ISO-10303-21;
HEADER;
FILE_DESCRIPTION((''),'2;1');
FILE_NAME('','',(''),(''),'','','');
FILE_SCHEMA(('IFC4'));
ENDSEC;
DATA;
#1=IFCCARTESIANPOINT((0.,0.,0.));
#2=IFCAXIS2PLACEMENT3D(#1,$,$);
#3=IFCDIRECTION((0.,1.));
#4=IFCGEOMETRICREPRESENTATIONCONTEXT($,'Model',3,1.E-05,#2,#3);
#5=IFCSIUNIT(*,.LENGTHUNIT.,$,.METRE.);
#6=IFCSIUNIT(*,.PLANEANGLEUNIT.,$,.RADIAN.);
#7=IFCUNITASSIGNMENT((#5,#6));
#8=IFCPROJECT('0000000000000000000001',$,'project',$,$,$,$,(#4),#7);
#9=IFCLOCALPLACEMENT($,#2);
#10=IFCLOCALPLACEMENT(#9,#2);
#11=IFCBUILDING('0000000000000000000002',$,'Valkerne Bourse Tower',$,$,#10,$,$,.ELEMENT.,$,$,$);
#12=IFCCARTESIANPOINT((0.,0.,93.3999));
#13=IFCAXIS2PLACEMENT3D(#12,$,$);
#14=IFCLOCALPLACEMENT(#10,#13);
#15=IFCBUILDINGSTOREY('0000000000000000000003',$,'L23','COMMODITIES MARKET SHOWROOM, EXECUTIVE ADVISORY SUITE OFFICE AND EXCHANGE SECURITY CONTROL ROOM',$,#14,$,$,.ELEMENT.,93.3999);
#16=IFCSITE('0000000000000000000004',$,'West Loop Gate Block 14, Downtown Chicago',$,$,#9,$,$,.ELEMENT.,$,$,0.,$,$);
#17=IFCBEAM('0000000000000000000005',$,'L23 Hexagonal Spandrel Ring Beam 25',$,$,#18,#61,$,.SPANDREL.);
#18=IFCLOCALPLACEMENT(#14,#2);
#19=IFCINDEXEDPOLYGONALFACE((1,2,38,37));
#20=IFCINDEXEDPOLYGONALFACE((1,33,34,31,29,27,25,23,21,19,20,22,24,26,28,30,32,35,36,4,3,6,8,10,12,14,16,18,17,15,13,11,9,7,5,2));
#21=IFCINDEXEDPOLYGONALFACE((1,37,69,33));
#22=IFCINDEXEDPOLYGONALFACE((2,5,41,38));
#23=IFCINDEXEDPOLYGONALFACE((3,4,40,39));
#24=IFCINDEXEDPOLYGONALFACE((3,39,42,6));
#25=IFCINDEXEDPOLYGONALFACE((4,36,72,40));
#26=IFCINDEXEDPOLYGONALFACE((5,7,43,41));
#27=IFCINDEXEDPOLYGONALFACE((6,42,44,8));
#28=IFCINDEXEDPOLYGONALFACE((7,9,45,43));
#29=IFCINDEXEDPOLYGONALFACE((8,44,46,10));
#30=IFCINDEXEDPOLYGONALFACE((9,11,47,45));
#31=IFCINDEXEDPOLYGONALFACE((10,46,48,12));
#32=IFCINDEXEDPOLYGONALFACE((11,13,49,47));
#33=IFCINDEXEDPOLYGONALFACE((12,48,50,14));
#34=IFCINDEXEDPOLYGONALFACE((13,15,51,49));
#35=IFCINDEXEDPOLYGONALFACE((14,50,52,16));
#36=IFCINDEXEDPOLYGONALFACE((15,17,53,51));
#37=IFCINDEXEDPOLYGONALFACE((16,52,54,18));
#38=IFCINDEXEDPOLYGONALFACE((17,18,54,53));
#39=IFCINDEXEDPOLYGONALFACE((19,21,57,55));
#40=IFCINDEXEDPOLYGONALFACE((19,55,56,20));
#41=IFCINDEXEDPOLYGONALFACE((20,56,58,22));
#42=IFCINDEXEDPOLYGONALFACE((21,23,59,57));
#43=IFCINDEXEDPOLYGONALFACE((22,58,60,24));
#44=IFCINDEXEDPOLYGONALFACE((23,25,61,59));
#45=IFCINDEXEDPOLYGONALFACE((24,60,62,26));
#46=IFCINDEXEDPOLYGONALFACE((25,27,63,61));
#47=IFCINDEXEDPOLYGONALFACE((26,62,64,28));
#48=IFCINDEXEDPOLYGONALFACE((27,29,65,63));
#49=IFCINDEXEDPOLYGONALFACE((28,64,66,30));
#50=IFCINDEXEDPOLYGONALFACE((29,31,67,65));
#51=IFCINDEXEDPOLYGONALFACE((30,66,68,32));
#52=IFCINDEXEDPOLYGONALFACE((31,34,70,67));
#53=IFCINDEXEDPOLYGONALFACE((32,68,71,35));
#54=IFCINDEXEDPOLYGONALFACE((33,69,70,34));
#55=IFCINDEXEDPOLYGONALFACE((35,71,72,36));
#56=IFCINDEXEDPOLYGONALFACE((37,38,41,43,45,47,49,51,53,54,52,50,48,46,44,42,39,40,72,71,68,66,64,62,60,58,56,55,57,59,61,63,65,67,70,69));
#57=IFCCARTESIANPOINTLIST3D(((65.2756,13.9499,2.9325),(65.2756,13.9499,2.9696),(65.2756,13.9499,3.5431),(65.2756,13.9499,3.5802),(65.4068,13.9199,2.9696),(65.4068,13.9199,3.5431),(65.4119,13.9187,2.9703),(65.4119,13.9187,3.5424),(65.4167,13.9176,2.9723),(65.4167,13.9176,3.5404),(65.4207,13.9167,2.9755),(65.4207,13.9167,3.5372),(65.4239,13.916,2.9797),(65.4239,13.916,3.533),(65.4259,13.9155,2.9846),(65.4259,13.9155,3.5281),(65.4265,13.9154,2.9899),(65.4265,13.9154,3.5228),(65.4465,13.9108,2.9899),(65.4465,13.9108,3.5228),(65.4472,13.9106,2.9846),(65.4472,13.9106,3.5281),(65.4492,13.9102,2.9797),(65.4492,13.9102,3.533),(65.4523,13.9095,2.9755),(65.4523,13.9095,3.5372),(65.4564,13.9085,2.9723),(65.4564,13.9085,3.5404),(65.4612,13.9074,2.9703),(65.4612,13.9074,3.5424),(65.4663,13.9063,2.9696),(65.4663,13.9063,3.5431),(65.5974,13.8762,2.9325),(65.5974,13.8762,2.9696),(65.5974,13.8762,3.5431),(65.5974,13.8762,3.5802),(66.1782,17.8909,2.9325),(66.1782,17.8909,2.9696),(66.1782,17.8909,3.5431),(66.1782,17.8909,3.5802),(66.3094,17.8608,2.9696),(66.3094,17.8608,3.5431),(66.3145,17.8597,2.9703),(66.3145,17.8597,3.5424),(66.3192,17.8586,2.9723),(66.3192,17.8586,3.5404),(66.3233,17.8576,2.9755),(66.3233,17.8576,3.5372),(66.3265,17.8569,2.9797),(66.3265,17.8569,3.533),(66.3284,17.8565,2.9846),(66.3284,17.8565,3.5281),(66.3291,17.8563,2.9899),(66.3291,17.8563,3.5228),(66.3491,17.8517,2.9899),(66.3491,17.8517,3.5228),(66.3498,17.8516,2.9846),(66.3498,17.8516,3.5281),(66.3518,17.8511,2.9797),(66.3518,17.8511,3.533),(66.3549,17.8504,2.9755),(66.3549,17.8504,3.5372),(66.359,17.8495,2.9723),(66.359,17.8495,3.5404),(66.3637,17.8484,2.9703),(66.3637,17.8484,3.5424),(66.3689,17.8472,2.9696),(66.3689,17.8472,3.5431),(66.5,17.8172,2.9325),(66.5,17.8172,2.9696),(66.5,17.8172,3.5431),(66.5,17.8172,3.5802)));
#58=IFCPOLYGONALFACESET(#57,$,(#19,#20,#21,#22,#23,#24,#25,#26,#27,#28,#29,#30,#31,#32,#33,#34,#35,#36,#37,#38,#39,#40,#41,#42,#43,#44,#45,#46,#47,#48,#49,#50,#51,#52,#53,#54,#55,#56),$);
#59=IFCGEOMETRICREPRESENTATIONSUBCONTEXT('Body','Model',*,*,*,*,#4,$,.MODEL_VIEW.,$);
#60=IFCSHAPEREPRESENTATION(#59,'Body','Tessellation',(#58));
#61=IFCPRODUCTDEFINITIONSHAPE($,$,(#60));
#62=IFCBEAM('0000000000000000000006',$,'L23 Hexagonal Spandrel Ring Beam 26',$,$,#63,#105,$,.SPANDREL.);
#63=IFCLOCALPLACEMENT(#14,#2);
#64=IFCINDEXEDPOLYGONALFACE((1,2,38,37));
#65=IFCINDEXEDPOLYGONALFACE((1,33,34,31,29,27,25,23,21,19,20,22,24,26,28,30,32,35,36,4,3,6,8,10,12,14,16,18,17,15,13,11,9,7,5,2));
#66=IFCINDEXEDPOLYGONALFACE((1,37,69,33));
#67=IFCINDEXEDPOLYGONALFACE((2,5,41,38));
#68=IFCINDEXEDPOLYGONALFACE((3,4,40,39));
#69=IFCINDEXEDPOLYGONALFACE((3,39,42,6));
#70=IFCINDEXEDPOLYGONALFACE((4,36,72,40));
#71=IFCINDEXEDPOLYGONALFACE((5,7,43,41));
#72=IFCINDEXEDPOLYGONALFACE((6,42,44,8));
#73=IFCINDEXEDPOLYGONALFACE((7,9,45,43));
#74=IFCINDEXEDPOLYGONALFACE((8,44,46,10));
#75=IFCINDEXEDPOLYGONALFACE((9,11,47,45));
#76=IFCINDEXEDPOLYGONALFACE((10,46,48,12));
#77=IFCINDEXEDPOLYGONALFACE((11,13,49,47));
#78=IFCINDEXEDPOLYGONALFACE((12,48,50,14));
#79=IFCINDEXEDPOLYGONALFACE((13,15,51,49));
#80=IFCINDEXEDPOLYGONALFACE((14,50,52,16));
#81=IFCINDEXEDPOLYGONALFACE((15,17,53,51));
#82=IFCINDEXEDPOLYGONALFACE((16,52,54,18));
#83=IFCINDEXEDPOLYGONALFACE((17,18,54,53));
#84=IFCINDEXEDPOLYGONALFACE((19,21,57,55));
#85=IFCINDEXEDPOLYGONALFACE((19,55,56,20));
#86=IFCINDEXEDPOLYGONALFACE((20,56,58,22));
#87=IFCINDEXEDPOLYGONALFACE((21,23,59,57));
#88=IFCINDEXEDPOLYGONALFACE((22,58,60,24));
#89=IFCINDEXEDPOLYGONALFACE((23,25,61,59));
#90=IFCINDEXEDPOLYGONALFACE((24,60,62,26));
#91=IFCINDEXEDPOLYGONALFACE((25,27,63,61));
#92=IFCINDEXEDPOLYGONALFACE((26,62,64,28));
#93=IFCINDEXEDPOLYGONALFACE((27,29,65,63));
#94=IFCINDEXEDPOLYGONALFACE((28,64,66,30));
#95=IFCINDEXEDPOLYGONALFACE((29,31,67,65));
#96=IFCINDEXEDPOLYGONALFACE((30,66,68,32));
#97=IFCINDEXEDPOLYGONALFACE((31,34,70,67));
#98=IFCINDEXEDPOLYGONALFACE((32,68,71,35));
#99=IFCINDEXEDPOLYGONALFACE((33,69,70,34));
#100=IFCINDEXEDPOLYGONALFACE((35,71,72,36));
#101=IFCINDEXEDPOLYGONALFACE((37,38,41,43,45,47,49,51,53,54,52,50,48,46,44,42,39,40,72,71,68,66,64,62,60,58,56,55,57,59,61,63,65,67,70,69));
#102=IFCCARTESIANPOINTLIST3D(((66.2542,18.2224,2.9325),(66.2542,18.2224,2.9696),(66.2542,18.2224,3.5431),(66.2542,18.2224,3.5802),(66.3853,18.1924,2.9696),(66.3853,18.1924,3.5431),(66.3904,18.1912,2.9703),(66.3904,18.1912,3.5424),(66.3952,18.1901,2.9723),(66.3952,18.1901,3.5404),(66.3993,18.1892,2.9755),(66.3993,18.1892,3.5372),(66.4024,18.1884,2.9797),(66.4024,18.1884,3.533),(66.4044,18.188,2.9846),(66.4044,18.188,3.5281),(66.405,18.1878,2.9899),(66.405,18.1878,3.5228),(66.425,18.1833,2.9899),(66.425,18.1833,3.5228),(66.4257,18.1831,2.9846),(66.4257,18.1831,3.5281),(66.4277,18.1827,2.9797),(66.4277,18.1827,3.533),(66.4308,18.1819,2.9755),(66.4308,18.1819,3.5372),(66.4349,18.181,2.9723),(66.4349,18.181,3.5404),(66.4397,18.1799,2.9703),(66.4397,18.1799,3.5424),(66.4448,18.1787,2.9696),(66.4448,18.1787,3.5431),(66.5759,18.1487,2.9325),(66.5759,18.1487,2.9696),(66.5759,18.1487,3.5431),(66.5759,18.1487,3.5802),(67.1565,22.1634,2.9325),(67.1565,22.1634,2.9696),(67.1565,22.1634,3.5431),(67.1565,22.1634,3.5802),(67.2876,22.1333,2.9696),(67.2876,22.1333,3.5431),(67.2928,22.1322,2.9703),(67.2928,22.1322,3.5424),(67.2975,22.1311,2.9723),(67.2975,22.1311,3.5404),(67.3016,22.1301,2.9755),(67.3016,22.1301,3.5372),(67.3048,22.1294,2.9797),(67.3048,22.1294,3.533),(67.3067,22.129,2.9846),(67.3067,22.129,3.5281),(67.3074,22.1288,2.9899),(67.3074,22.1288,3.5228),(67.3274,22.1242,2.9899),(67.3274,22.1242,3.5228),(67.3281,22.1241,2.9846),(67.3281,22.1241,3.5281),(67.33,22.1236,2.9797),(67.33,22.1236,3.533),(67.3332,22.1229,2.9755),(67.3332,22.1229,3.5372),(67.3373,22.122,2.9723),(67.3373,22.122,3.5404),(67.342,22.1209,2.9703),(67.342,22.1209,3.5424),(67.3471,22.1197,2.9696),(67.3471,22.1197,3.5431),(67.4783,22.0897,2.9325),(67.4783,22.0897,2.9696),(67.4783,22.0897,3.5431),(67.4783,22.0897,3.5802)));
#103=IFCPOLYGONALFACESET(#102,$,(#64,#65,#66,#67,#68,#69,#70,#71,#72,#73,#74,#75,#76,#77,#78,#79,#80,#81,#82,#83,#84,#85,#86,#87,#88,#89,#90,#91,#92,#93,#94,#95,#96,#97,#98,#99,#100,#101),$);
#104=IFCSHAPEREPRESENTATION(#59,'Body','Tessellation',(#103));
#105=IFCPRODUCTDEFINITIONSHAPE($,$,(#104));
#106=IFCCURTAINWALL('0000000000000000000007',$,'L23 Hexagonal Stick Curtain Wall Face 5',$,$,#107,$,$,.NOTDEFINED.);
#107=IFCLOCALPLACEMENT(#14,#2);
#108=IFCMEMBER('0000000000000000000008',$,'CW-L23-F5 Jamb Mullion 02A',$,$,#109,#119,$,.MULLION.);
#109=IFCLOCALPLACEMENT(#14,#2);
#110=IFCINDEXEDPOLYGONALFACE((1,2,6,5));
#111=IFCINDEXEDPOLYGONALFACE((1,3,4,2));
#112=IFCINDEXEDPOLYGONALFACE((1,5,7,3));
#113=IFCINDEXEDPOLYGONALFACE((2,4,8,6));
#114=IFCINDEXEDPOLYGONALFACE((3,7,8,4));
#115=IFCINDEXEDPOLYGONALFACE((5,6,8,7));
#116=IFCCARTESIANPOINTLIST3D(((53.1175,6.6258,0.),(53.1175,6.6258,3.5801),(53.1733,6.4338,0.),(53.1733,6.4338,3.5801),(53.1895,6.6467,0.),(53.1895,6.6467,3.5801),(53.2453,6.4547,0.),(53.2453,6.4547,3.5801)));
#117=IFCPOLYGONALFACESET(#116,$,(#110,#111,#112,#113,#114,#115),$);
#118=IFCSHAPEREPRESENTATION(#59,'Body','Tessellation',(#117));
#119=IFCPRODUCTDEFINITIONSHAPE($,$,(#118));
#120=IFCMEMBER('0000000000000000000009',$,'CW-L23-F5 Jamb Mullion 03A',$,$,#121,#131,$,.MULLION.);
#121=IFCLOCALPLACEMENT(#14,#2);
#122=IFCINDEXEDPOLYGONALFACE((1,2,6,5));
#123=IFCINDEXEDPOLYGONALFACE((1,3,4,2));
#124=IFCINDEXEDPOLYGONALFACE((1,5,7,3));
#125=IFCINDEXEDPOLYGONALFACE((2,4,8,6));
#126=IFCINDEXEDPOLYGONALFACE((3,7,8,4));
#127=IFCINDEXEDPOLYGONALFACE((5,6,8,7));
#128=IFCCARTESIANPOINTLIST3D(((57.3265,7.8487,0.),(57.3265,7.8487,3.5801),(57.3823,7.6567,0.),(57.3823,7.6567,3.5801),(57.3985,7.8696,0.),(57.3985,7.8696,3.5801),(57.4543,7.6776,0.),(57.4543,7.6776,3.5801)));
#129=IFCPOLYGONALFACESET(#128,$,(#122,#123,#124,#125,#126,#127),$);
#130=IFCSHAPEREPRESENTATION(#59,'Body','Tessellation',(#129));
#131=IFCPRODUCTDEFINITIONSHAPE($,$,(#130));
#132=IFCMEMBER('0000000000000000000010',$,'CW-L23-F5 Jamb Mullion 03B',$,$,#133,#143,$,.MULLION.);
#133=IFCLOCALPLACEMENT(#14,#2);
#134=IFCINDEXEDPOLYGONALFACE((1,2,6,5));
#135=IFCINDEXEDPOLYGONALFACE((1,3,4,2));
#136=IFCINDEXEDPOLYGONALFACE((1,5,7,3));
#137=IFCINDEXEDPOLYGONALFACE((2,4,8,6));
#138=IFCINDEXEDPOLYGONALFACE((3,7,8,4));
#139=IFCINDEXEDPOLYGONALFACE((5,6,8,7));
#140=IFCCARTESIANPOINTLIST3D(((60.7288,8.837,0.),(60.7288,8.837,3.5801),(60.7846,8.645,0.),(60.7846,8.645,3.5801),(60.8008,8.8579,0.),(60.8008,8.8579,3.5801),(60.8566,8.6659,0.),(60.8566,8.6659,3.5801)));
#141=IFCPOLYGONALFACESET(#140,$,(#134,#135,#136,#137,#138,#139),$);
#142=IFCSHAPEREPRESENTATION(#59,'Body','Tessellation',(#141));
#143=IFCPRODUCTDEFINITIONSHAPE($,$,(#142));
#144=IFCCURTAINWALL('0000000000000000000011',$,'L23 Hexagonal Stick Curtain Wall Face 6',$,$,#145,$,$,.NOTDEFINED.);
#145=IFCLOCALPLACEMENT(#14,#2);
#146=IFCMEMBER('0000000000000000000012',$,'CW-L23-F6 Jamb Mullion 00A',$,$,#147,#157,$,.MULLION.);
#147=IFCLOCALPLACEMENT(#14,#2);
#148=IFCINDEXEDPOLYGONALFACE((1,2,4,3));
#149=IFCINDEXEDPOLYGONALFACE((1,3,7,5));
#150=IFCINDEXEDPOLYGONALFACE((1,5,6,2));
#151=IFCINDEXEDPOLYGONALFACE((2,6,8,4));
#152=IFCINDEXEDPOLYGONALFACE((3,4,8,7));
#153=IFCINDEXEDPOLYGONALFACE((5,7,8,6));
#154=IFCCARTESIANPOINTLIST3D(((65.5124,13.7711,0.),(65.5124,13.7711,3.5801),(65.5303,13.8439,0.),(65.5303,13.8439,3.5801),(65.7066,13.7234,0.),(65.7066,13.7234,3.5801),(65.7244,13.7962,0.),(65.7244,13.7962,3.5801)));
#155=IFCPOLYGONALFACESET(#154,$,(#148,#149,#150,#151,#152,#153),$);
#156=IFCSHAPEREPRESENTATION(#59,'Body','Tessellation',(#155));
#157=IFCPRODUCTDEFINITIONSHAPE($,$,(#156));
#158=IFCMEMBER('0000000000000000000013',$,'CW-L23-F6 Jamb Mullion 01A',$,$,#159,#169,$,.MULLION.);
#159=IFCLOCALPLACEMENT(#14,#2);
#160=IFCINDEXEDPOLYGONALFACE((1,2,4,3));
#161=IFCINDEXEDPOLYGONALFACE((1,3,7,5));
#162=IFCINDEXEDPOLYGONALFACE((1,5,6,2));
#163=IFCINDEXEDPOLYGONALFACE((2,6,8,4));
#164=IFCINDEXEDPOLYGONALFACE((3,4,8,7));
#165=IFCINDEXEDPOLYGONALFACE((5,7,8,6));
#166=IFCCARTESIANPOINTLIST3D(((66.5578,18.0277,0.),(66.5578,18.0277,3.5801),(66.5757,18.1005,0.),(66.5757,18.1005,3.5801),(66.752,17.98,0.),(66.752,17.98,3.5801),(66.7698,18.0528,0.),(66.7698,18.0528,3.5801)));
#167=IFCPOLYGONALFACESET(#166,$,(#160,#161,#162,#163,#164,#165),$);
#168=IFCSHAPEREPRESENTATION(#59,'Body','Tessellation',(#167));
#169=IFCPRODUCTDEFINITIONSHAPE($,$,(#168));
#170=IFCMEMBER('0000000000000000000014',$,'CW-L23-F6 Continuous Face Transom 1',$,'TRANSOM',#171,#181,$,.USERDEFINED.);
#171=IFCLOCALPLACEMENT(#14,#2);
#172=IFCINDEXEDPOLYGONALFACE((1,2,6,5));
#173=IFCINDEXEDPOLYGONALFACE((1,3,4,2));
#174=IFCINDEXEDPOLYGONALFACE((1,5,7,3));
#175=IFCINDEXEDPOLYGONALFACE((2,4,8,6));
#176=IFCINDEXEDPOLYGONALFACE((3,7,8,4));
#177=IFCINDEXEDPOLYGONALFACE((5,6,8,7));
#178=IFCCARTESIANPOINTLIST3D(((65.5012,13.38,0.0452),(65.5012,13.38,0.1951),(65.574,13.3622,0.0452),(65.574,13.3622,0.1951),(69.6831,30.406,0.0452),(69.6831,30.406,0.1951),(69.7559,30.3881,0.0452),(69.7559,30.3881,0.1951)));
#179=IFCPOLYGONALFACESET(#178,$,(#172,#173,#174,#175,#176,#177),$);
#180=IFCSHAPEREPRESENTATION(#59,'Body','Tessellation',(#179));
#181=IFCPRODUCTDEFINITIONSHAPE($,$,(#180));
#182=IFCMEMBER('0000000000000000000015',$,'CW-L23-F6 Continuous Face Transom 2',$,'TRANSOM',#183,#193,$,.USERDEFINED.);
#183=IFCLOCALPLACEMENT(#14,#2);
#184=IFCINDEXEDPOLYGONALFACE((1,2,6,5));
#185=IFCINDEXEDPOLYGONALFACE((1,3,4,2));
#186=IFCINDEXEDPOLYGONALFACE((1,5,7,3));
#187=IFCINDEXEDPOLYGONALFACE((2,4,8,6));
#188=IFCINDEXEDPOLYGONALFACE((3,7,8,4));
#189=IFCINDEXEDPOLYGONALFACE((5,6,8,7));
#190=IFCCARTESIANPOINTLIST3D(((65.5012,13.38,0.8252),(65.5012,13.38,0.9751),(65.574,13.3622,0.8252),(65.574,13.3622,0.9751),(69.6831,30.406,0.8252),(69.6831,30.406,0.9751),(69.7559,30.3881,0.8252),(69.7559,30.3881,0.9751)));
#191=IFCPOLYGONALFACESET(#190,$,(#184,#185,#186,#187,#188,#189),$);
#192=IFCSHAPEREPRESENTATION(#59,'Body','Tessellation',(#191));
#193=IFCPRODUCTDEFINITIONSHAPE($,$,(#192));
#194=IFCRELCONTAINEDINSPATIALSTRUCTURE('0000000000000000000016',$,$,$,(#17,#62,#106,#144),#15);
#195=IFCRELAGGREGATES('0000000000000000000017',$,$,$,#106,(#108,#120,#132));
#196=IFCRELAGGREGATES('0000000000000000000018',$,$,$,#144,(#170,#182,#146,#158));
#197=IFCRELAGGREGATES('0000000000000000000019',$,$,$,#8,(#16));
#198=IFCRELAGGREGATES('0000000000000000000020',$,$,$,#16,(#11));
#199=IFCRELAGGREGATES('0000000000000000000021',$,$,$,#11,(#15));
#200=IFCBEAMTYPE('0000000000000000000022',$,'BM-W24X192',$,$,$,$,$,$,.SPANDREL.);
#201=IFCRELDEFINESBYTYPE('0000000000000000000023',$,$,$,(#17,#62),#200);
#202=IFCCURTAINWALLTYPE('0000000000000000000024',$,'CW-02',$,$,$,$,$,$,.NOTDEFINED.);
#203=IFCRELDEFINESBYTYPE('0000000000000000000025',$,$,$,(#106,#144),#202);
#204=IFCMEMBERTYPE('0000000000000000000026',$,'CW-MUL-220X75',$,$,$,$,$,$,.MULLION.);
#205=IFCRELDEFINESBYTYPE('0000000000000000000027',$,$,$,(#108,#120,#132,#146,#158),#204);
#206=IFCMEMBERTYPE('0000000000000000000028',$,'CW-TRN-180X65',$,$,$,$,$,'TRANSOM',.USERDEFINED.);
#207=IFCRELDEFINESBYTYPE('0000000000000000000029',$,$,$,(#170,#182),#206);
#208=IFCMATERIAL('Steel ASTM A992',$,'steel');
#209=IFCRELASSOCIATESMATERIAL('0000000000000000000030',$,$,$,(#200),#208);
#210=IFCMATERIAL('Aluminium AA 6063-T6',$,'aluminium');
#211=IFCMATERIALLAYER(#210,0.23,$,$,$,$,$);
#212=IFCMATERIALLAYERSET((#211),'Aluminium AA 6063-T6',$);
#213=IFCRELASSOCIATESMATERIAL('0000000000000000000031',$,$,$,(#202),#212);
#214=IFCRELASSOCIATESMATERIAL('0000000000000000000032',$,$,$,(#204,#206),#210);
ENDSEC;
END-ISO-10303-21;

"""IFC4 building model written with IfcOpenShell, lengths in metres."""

from ifc_helpers import new_model, si_unit, direction, frame, origin, origin_2d, place, context, subcontext, project, spatial, rectangle, i_section, extrude, material, layer, layer_set, material_profile, profile_set, type_object, element, aggregate, save


model = new_model("IFC4")

# Units and contexts
model_context = context("Model", 3, precision=1e-05, world=origin(), true_north=direction((0.0, 1.0)))
body_context = subcontext(model_context, "Body", "Model", "MODEL_VIEW")
ifc_project = project(units=[si_unit("LENGTHUNIT", "METRE"), si_unit("PLANEANGLEUNIT", "RADIAN")], contexts=[model_context])

# Site, building, storey
site_placement = place(None, origin())
site = spatial("IfcSite", under=ifc_project, at=site_placement, Name="West Loop Gate Block 14, Downtown Chicago", CompositionType="ELEMENT", RefElevation=0.0)
building_placement = place(site_placement, origin())
building = spatial("IfcBuilding", under=site, at=building_placement, Name="Valkerne Bourse Tower", CompositionType="ELEMENT")
storey_placement = place(building_placement, frame((0.0, 0.0, 93.3999)))
storey = spatial("IfcBuildingStorey", under=building, at=storey_placement, Name="L23", Description="COMMODITIES MARKET SHOWROOM, EXECUTIVE ADVISORY SUITE OFFICE AND EXCHANGE SECURITY CONTROL ROOM", CompositionType="ELEMENT", Elevation=93.3999)

# Beams
ifc_material_1 = material(Name="Steel ASTM A992", Category="steel")
ifc_material_profile_1 = material_profile(ifc_material_1, i_section(OverallWidth=0.3301, OverallDepth=0.6477, WebThickness=0.0205, FlangeThickness=0.0371, FilletRadius=0.0203, at=origin_2d()), Name="W24X192")
ifc_profile_set_1 = profile_set([ifc_material_profile_1], Name="Steel ASTM A992")
beam_type = type_object("IfcBeamType", Name="BM-W24X192", PredefinedType="SPANDREL", material=ifc_profile_set_1)
for number, where, z_axis, x_axis, name in (
    (1, (65.4365, 13.9131, 3.2563), (0.223249, 0.974761, 0.0), (-0.974761, 0.223249, 0.0), "L23 Hexagonal Spandrel Ring Beam 25"),
    (2, (66.415, 18.1855, 3.2563), (0.223192, 0.974774, 0.0), (-0.974774, 0.223192, 0.0), "L23 Hexagonal Spandrel Ring Beam 26"),
):
    element("IfcBeam", number, at=place(storey_placement, frame(where, z_axis=z_axis, x_axis=x_axis)), inside=storey, type_object=beam_type, Name=name, PredefinedType="SPANDREL", context=body_context, shape_type="SweptSolid", body=[
        extrude(i_section(OverallWidth=0.3301, OverallDepth=0.6477, WebThickness=0.0205, FlangeThickness=0.0371, FilletRadius=0.0203, at=origin_2d()), origin(), (0.0, 0.0, 1.0), 4.043),
    ])

# Curtain walls, members
ifc_material_2 = material(Name="Aluminium AA 6063-T6", Category="aluminium")
ifc_layer_1 = layer(ifc_material_2, 0.23)
ifc_layer_set_1 = layer_set([ifc_layer_1], Name="Aluminium AA 6063-T6")
curtain_wall_type = type_object("IfcCurtainWallType", Name="CW-02", PredefinedType="NOTDEFINED", material=ifc_layer_set_1)
curtain_wall_1_placement = place(storey_placement, origin())
curtain_wall_1 = element("IfcCurtainWall", 3, at=curtain_wall_1_placement, inside=storey, type_object=curtain_wall_type, Name="L23 Hexagonal Stick Curtain Wall Face 5", PredefinedType="NOTDEFINED")
ifc_material_profile_2 = material_profile(ifc_material_2, rectangle(XDim=0.075, YDim=0.2, at=origin_2d()), Name="CWM-75X200")
ifc_profile_set_2 = profile_set([ifc_material_profile_2], Name="Aluminium AA 6063-T6")
member_type_1 = type_object("IfcMemberType", Name="CW-MUL-220X75", PredefinedType="MULLION", material=ifc_profile_set_2)
member_1_placement = place(storey_placement, frame((53.1814, 6.5403, 0.0), z_axis=(0.0, 0.0, 1.0), x_axis=(0.960295, 0.278985, 0.0)))
member_1 = element("IfcMember", 4, at=member_1_placement, type_object=member_type_1, Name="CW-L23-F5 Jamb Mullion 02A", PredefinedType="MULLION", context=body_context, shape_type="SweptSolid", body=[
    extrude(rectangle(XDim=0.075, YDim=0.2, at=origin_2d()), origin(), (0.0, 0.0, 1.0), 3.5801),
])
member_2_placement = place(storey_placement, frame((57.3904, 7.7632, 0.0), z_axis=(0.0, 0.0, 1.0), x_axis=(0.960294, 0.278991, 0.0)))
member_2 = element("IfcMember", 5, at=member_2_placement, type_object=member_type_1, Name="CW-L23-F5 Jamb Mullion 03A", PredefinedType="MULLION", context=body_context, shape_type="SweptSolid", body=[
    extrude(rectangle(XDim=0.075, YDim=0.2, at=origin_2d()), origin(), (0.0, 0.0, 1.0), 3.5801),
])
member_3_placement = place(storey_placement, frame((60.7927, 8.7515, 0.0), z_axis=(0.0, 0.0, 1.0), x_axis=(0.960294, 0.278991, 0.0)))
member_3 = element("IfcMember", 6, at=member_3_placement, type_object=member_type_1, Name="CW-L23-F5 Jamb Mullion 03B", PredefinedType="MULLION", context=body_context, shape_type="SweptSolid", body=[
    extrude(rectangle(XDim=0.075, YDim=0.2, at=origin_2d()), origin(), (0.0, 0.0, 1.0), 3.5801),
])
curtain_wall_2_placement = place(storey_placement, origin())
curtain_wall_2 = element("IfcCurtainWall", 7, at=curtain_wall_2_placement, inside=storey, type_object=curtain_wall_type, Name="L23 Hexagonal Stick Curtain Wall Face 6", PredefinedType="NOTDEFINED")
member_4_placement = place(storey_placement, frame((65.6184, 13.7837, 0.0), z_axis=(0.0, 0.0, 1.0), x_axis=(0.238534, 0.971134, 0.0)))
member_4 = element("IfcMember", 8, at=member_4_placement, type_object=member_type_1, Name="CW-L23-F6 Jamb Mullion 00A", PredefinedType="MULLION", context=body_context, shape_type="SweptSolid", body=[
    extrude(rectangle(XDim=0.075, YDim=0.2, at=origin_2d()), origin(), (0.0, 0.0, 1.0), 3.5801),
])
member_5_placement = place(storey_placement, frame((66.6638, 18.0403, 0.0), z_axis=(0.0, 0.0, 1.0), x_axis=(0.238534, 0.971134, 0.0)))
member_5 = element("IfcMember", 9, at=member_5_placement, type_object=member_type_1, Name="CW-L23-F6 Jamb Mullion 01A", PredefinedType="MULLION", context=body_context, shape_type="SweptSolid", body=[
    extrude(rectangle(XDim=0.075, YDim=0.2, at=origin_2d()), origin(), (0.0, 0.0, 1.0), 3.5801),
])
ifc_material_profile_3 = material_profile(ifc_material_2, rectangle(XDim=0.075, YDim=0.1499, at=origin_2d()), Name="CWT-75X150")
ifc_profile_set_3 = profile_set([ifc_material_profile_3], Name="Aluminium AA 6063-T6")
member_type_2 = type_object("IfcMemberType", Name="CW-TRN-180X65", ElementType="TRANSOM", PredefinedType="USERDEFINED", material=ifc_profile_set_3)
member_6_placement = place(storey_placement, frame((65.5376, 13.3711, 0.1201), z_axis=(0.23853, 0.971135, 0.0), x_axis=(-0.971135, 0.23853, 0.0)))
member_6 = element("IfcMember", 10, at=member_6_placement, type_object=member_type_2, Name="CW-L23-F6 Continuous Face Transom 1", ObjectType="TRANSOM", PredefinedType="USERDEFINED", context=body_context, shape_type="SweptSolid", body=[
    extrude(rectangle(XDim=0.075, YDim=0.1499, at=origin_2d()), origin(), (0.0, 0.0, 1.0), 17.532),
])
member_7_placement = place(storey_placement, frame((65.5376, 13.3711, 0.9001), z_axis=(0.23853, 0.971135, 0.0), x_axis=(-0.971135, 0.23853, 0.0)))
member_7 = element("IfcMember", 11, at=member_7_placement, type_object=member_type_2, Name="CW-L23-F6 Continuous Face Transom 2", ObjectType="TRANSOM", PredefinedType="USERDEFINED", context=body_context, shape_type="SweptSolid", body=[
    extrude(rectangle(XDim=0.075, YDim=0.1499, at=origin_2d()), origin(), (0.0, 0.0, 1.0), 17.532),
])

aggregate(curtain_wall_1, [member_1, member_2, member_3])
aggregate(curtain_wall_2, [member_6, member_7, member_4, member_5])

save(model, "model.ifc")
